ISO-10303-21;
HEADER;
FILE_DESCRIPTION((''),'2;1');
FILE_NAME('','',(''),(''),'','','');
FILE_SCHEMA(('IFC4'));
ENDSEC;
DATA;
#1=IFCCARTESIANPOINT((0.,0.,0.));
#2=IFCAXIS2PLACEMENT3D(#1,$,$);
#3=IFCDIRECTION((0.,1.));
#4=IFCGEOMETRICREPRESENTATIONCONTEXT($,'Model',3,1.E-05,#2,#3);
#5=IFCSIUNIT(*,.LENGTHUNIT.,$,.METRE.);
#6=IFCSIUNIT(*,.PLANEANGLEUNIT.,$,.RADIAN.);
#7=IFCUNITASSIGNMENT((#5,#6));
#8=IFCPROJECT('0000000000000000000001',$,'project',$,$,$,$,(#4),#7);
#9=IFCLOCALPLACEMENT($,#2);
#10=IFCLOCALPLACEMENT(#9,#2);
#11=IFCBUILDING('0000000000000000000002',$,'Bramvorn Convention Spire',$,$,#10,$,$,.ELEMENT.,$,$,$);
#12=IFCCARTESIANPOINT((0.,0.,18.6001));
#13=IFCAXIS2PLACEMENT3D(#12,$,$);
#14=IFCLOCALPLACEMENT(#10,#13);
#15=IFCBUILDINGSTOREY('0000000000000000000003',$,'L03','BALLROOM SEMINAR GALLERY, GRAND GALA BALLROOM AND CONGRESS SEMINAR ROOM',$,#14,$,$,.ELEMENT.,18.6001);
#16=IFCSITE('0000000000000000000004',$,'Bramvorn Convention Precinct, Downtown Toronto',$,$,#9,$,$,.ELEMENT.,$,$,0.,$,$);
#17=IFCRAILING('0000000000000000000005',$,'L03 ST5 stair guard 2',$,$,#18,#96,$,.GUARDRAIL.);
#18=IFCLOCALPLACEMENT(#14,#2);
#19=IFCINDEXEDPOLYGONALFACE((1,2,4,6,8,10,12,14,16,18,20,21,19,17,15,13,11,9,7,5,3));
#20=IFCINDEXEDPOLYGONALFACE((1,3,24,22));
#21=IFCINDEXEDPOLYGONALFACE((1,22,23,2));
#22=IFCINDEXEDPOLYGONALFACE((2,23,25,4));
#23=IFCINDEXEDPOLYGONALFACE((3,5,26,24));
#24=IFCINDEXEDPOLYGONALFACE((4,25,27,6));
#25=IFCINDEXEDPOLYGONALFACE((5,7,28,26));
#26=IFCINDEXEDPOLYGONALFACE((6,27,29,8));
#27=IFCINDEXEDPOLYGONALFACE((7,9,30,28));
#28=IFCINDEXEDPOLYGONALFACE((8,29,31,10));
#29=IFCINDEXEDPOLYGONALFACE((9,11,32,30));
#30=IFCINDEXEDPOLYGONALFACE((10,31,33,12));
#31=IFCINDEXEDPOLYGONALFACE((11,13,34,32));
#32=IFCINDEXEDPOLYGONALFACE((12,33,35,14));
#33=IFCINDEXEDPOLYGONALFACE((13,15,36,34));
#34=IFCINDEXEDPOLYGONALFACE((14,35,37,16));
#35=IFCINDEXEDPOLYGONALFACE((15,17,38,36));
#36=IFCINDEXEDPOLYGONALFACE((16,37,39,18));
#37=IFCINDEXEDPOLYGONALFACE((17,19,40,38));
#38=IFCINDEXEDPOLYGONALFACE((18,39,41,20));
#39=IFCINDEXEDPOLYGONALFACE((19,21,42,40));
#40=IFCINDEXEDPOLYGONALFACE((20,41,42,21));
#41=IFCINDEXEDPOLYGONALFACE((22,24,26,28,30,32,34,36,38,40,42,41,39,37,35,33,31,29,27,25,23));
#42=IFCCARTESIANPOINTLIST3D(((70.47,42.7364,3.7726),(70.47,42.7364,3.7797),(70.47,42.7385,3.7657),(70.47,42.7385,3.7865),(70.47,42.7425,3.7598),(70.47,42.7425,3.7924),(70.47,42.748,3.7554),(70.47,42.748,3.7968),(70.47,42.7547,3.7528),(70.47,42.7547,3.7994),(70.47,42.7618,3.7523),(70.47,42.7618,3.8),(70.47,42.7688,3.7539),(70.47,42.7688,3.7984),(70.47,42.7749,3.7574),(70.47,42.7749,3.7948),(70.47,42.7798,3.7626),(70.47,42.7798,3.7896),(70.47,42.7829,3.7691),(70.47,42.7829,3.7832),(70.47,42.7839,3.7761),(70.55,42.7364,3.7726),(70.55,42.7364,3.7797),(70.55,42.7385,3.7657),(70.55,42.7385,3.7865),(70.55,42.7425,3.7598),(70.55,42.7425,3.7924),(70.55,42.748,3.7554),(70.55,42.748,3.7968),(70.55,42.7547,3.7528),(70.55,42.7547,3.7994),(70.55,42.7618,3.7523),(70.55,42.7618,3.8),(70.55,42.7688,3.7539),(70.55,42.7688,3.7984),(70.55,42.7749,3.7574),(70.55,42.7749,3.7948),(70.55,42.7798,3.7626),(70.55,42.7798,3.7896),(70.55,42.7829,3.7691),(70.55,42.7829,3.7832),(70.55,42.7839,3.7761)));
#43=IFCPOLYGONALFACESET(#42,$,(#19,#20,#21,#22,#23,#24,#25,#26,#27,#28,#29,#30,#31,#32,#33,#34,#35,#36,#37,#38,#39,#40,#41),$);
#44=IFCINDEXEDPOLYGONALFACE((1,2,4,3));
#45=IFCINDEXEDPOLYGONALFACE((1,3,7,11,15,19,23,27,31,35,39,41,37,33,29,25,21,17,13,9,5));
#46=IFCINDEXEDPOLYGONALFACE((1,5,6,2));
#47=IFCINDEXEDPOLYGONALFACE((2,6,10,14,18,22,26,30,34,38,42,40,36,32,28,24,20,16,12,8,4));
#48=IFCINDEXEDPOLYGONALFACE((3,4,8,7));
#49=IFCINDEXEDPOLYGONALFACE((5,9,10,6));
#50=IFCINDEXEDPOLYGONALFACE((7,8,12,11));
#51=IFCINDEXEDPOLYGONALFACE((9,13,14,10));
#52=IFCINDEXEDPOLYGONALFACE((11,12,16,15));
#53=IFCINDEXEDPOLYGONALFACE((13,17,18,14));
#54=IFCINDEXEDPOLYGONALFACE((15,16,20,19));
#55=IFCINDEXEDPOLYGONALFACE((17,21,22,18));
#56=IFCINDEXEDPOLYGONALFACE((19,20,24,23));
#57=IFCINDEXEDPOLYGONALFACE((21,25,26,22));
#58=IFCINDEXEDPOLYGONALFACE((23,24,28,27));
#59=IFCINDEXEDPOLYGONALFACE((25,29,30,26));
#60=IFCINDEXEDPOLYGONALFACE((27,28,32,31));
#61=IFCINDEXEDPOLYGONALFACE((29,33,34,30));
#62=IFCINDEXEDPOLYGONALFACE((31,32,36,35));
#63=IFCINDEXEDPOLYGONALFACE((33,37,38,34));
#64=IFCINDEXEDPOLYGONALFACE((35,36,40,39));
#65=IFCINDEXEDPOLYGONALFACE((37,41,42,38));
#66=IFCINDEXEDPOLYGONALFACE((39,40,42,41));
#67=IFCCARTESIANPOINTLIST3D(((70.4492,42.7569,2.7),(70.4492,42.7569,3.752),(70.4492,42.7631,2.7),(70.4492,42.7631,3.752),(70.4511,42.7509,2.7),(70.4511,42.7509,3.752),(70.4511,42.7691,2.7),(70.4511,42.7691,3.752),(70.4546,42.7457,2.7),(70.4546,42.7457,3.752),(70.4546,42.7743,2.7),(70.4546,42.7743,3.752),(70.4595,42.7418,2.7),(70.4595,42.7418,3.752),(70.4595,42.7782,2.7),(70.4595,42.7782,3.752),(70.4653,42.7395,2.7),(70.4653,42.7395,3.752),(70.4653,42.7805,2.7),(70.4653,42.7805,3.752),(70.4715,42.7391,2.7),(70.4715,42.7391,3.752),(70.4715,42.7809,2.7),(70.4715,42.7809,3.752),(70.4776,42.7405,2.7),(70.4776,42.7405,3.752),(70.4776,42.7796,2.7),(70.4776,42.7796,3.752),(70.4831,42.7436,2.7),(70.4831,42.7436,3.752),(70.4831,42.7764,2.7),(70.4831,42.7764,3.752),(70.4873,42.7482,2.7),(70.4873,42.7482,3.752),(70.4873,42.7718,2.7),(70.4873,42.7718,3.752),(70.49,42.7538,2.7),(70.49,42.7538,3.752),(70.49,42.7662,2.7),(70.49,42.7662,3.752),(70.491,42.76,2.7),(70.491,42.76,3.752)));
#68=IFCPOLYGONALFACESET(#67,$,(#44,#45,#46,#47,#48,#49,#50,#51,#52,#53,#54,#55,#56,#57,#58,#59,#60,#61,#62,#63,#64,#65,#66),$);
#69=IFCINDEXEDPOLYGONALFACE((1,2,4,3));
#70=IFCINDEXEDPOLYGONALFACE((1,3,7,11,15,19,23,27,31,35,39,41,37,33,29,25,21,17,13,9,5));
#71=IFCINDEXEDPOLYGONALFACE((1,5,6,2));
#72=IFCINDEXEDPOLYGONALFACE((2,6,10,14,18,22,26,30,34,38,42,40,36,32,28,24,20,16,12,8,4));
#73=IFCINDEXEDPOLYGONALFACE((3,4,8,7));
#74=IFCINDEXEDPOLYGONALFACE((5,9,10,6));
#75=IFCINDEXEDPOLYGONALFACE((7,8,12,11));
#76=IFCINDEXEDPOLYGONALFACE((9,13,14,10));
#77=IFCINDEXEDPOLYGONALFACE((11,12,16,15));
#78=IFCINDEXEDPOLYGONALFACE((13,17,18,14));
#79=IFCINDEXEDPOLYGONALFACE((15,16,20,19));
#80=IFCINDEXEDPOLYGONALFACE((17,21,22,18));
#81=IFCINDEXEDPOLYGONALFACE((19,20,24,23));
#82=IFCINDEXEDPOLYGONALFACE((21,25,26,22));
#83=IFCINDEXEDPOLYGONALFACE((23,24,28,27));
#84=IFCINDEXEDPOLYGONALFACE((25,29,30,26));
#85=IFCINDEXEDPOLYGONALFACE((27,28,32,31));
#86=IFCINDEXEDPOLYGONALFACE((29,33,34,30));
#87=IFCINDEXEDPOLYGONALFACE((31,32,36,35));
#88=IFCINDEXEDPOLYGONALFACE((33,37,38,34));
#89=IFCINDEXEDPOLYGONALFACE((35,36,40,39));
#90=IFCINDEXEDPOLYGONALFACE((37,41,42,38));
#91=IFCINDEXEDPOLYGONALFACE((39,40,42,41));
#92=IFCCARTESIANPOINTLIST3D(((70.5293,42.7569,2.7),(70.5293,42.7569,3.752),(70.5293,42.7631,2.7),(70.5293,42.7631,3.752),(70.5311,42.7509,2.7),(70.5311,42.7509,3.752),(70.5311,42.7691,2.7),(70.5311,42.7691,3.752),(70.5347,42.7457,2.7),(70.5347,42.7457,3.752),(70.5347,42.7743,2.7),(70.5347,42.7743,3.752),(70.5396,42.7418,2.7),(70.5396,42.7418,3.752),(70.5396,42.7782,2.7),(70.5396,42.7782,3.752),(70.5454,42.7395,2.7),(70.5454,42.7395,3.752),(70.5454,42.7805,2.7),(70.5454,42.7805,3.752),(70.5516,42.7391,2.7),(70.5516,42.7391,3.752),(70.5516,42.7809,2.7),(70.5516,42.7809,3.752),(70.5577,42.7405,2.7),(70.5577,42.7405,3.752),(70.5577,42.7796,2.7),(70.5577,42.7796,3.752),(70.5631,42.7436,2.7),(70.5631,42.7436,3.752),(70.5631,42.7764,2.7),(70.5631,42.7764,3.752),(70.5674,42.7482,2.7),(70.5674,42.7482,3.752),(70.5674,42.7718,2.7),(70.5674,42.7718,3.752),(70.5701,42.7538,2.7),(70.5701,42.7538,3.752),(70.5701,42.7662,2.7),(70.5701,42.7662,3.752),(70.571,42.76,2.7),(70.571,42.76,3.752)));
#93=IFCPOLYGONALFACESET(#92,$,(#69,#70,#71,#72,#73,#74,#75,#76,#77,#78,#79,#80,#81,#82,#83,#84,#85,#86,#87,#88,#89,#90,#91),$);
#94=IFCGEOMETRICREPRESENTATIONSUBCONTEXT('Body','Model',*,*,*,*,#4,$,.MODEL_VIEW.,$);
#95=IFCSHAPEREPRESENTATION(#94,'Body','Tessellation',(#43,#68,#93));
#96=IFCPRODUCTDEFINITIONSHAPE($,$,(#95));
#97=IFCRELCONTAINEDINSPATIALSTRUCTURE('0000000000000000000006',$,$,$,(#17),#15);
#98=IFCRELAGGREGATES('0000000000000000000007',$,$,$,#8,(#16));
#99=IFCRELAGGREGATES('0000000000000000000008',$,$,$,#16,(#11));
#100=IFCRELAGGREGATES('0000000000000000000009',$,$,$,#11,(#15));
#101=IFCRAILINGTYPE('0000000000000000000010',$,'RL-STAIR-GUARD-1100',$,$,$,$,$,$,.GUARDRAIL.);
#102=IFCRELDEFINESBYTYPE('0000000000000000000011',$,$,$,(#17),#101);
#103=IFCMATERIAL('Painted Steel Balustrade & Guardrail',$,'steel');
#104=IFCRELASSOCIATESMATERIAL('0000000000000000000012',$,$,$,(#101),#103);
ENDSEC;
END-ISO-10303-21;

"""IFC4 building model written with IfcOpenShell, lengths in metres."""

from ifc_helpers import new_model, si_unit, direction, frame, origin, origin_2d, place, context, subcontext, project, spatial, circle, extrude, material, type_object, element, save


model = new_model("IFC4")

# Units and contexts
model_context = context("Model", 3, precision=1e-05, world=origin(), true_north=direction((0.0, 1.0)))
body_context = subcontext(model_context, "Body", "Model", "MODEL_VIEW")
ifc_project = project(units=[si_unit("LENGTHUNIT", "METRE"), si_unit("PLANEANGLEUNIT", "RADIAN")], contexts=[model_context])

# Site, building, storey
site_placement = place(None, origin())
site = spatial("IfcSite", under=ifc_project, at=site_placement, Name="Bramvorn Convention Precinct, Downtown Toronto", CompositionType="ELEMENT", RefElevation=0.0)
building_placement = place(site_placement, origin())
building = spatial("IfcBuilding", under=site, at=building_placement, Name="Bramvorn Convention Spire", CompositionType="ELEMENT")
storey_placement = place(building_placement, frame((0.0, 0.0, 18.6001)))
storey = spatial("IfcBuildingStorey", under=building, at=storey_placement, Name="L03", Description="BALLROOM SEMINAR GALLERY, GRAND GALA BALLROOM AND CONGRESS SEMINAR ROOM", CompositionType="ELEMENT", Elevation=18.6001)

# Railing
ifc_material_1 = material(Name="Painted Steel Balustrade & Guardrail", Category="steel")
railing_type_1 = type_object("IfcRailingType", Name="RL-STAIR-GUARD-1100", PredefinedType="GUARDRAIL", material=ifc_material_1)
railing_1_placement = place(storey_placement, frame((70.47, 42.76, 2.7)))
element("IfcRailing", 1, at=railing_1_placement, inside=storey, type_object=railing_type_1, Name="L03 ST5 stair guard 2", PredefinedType="GUARDRAIL", context=body_context, shape_type="SweptSolid", body=[
    extrude(circle(Radius=0.0239, at=origin_2d()), frame((0.0, 0.0, 1.0762), z_axis=(1.0, 0.0, 0.0), x_axis=(0.0, 1.0, 0.0)), (0.0, 0.0, 1.0), 0.0801),
    extrude(circle(Radius=0.021, at=origin_2d()), origin(), (0.0, 0.0, 1.0), 1.052),
    extrude(circle(Radius=0.021, at=origin_2d()), frame((0.0801, 0.0, 0.0)), (0.0, 0.0, 1.0), 1.052),
])

save(model, "model.ifc")
